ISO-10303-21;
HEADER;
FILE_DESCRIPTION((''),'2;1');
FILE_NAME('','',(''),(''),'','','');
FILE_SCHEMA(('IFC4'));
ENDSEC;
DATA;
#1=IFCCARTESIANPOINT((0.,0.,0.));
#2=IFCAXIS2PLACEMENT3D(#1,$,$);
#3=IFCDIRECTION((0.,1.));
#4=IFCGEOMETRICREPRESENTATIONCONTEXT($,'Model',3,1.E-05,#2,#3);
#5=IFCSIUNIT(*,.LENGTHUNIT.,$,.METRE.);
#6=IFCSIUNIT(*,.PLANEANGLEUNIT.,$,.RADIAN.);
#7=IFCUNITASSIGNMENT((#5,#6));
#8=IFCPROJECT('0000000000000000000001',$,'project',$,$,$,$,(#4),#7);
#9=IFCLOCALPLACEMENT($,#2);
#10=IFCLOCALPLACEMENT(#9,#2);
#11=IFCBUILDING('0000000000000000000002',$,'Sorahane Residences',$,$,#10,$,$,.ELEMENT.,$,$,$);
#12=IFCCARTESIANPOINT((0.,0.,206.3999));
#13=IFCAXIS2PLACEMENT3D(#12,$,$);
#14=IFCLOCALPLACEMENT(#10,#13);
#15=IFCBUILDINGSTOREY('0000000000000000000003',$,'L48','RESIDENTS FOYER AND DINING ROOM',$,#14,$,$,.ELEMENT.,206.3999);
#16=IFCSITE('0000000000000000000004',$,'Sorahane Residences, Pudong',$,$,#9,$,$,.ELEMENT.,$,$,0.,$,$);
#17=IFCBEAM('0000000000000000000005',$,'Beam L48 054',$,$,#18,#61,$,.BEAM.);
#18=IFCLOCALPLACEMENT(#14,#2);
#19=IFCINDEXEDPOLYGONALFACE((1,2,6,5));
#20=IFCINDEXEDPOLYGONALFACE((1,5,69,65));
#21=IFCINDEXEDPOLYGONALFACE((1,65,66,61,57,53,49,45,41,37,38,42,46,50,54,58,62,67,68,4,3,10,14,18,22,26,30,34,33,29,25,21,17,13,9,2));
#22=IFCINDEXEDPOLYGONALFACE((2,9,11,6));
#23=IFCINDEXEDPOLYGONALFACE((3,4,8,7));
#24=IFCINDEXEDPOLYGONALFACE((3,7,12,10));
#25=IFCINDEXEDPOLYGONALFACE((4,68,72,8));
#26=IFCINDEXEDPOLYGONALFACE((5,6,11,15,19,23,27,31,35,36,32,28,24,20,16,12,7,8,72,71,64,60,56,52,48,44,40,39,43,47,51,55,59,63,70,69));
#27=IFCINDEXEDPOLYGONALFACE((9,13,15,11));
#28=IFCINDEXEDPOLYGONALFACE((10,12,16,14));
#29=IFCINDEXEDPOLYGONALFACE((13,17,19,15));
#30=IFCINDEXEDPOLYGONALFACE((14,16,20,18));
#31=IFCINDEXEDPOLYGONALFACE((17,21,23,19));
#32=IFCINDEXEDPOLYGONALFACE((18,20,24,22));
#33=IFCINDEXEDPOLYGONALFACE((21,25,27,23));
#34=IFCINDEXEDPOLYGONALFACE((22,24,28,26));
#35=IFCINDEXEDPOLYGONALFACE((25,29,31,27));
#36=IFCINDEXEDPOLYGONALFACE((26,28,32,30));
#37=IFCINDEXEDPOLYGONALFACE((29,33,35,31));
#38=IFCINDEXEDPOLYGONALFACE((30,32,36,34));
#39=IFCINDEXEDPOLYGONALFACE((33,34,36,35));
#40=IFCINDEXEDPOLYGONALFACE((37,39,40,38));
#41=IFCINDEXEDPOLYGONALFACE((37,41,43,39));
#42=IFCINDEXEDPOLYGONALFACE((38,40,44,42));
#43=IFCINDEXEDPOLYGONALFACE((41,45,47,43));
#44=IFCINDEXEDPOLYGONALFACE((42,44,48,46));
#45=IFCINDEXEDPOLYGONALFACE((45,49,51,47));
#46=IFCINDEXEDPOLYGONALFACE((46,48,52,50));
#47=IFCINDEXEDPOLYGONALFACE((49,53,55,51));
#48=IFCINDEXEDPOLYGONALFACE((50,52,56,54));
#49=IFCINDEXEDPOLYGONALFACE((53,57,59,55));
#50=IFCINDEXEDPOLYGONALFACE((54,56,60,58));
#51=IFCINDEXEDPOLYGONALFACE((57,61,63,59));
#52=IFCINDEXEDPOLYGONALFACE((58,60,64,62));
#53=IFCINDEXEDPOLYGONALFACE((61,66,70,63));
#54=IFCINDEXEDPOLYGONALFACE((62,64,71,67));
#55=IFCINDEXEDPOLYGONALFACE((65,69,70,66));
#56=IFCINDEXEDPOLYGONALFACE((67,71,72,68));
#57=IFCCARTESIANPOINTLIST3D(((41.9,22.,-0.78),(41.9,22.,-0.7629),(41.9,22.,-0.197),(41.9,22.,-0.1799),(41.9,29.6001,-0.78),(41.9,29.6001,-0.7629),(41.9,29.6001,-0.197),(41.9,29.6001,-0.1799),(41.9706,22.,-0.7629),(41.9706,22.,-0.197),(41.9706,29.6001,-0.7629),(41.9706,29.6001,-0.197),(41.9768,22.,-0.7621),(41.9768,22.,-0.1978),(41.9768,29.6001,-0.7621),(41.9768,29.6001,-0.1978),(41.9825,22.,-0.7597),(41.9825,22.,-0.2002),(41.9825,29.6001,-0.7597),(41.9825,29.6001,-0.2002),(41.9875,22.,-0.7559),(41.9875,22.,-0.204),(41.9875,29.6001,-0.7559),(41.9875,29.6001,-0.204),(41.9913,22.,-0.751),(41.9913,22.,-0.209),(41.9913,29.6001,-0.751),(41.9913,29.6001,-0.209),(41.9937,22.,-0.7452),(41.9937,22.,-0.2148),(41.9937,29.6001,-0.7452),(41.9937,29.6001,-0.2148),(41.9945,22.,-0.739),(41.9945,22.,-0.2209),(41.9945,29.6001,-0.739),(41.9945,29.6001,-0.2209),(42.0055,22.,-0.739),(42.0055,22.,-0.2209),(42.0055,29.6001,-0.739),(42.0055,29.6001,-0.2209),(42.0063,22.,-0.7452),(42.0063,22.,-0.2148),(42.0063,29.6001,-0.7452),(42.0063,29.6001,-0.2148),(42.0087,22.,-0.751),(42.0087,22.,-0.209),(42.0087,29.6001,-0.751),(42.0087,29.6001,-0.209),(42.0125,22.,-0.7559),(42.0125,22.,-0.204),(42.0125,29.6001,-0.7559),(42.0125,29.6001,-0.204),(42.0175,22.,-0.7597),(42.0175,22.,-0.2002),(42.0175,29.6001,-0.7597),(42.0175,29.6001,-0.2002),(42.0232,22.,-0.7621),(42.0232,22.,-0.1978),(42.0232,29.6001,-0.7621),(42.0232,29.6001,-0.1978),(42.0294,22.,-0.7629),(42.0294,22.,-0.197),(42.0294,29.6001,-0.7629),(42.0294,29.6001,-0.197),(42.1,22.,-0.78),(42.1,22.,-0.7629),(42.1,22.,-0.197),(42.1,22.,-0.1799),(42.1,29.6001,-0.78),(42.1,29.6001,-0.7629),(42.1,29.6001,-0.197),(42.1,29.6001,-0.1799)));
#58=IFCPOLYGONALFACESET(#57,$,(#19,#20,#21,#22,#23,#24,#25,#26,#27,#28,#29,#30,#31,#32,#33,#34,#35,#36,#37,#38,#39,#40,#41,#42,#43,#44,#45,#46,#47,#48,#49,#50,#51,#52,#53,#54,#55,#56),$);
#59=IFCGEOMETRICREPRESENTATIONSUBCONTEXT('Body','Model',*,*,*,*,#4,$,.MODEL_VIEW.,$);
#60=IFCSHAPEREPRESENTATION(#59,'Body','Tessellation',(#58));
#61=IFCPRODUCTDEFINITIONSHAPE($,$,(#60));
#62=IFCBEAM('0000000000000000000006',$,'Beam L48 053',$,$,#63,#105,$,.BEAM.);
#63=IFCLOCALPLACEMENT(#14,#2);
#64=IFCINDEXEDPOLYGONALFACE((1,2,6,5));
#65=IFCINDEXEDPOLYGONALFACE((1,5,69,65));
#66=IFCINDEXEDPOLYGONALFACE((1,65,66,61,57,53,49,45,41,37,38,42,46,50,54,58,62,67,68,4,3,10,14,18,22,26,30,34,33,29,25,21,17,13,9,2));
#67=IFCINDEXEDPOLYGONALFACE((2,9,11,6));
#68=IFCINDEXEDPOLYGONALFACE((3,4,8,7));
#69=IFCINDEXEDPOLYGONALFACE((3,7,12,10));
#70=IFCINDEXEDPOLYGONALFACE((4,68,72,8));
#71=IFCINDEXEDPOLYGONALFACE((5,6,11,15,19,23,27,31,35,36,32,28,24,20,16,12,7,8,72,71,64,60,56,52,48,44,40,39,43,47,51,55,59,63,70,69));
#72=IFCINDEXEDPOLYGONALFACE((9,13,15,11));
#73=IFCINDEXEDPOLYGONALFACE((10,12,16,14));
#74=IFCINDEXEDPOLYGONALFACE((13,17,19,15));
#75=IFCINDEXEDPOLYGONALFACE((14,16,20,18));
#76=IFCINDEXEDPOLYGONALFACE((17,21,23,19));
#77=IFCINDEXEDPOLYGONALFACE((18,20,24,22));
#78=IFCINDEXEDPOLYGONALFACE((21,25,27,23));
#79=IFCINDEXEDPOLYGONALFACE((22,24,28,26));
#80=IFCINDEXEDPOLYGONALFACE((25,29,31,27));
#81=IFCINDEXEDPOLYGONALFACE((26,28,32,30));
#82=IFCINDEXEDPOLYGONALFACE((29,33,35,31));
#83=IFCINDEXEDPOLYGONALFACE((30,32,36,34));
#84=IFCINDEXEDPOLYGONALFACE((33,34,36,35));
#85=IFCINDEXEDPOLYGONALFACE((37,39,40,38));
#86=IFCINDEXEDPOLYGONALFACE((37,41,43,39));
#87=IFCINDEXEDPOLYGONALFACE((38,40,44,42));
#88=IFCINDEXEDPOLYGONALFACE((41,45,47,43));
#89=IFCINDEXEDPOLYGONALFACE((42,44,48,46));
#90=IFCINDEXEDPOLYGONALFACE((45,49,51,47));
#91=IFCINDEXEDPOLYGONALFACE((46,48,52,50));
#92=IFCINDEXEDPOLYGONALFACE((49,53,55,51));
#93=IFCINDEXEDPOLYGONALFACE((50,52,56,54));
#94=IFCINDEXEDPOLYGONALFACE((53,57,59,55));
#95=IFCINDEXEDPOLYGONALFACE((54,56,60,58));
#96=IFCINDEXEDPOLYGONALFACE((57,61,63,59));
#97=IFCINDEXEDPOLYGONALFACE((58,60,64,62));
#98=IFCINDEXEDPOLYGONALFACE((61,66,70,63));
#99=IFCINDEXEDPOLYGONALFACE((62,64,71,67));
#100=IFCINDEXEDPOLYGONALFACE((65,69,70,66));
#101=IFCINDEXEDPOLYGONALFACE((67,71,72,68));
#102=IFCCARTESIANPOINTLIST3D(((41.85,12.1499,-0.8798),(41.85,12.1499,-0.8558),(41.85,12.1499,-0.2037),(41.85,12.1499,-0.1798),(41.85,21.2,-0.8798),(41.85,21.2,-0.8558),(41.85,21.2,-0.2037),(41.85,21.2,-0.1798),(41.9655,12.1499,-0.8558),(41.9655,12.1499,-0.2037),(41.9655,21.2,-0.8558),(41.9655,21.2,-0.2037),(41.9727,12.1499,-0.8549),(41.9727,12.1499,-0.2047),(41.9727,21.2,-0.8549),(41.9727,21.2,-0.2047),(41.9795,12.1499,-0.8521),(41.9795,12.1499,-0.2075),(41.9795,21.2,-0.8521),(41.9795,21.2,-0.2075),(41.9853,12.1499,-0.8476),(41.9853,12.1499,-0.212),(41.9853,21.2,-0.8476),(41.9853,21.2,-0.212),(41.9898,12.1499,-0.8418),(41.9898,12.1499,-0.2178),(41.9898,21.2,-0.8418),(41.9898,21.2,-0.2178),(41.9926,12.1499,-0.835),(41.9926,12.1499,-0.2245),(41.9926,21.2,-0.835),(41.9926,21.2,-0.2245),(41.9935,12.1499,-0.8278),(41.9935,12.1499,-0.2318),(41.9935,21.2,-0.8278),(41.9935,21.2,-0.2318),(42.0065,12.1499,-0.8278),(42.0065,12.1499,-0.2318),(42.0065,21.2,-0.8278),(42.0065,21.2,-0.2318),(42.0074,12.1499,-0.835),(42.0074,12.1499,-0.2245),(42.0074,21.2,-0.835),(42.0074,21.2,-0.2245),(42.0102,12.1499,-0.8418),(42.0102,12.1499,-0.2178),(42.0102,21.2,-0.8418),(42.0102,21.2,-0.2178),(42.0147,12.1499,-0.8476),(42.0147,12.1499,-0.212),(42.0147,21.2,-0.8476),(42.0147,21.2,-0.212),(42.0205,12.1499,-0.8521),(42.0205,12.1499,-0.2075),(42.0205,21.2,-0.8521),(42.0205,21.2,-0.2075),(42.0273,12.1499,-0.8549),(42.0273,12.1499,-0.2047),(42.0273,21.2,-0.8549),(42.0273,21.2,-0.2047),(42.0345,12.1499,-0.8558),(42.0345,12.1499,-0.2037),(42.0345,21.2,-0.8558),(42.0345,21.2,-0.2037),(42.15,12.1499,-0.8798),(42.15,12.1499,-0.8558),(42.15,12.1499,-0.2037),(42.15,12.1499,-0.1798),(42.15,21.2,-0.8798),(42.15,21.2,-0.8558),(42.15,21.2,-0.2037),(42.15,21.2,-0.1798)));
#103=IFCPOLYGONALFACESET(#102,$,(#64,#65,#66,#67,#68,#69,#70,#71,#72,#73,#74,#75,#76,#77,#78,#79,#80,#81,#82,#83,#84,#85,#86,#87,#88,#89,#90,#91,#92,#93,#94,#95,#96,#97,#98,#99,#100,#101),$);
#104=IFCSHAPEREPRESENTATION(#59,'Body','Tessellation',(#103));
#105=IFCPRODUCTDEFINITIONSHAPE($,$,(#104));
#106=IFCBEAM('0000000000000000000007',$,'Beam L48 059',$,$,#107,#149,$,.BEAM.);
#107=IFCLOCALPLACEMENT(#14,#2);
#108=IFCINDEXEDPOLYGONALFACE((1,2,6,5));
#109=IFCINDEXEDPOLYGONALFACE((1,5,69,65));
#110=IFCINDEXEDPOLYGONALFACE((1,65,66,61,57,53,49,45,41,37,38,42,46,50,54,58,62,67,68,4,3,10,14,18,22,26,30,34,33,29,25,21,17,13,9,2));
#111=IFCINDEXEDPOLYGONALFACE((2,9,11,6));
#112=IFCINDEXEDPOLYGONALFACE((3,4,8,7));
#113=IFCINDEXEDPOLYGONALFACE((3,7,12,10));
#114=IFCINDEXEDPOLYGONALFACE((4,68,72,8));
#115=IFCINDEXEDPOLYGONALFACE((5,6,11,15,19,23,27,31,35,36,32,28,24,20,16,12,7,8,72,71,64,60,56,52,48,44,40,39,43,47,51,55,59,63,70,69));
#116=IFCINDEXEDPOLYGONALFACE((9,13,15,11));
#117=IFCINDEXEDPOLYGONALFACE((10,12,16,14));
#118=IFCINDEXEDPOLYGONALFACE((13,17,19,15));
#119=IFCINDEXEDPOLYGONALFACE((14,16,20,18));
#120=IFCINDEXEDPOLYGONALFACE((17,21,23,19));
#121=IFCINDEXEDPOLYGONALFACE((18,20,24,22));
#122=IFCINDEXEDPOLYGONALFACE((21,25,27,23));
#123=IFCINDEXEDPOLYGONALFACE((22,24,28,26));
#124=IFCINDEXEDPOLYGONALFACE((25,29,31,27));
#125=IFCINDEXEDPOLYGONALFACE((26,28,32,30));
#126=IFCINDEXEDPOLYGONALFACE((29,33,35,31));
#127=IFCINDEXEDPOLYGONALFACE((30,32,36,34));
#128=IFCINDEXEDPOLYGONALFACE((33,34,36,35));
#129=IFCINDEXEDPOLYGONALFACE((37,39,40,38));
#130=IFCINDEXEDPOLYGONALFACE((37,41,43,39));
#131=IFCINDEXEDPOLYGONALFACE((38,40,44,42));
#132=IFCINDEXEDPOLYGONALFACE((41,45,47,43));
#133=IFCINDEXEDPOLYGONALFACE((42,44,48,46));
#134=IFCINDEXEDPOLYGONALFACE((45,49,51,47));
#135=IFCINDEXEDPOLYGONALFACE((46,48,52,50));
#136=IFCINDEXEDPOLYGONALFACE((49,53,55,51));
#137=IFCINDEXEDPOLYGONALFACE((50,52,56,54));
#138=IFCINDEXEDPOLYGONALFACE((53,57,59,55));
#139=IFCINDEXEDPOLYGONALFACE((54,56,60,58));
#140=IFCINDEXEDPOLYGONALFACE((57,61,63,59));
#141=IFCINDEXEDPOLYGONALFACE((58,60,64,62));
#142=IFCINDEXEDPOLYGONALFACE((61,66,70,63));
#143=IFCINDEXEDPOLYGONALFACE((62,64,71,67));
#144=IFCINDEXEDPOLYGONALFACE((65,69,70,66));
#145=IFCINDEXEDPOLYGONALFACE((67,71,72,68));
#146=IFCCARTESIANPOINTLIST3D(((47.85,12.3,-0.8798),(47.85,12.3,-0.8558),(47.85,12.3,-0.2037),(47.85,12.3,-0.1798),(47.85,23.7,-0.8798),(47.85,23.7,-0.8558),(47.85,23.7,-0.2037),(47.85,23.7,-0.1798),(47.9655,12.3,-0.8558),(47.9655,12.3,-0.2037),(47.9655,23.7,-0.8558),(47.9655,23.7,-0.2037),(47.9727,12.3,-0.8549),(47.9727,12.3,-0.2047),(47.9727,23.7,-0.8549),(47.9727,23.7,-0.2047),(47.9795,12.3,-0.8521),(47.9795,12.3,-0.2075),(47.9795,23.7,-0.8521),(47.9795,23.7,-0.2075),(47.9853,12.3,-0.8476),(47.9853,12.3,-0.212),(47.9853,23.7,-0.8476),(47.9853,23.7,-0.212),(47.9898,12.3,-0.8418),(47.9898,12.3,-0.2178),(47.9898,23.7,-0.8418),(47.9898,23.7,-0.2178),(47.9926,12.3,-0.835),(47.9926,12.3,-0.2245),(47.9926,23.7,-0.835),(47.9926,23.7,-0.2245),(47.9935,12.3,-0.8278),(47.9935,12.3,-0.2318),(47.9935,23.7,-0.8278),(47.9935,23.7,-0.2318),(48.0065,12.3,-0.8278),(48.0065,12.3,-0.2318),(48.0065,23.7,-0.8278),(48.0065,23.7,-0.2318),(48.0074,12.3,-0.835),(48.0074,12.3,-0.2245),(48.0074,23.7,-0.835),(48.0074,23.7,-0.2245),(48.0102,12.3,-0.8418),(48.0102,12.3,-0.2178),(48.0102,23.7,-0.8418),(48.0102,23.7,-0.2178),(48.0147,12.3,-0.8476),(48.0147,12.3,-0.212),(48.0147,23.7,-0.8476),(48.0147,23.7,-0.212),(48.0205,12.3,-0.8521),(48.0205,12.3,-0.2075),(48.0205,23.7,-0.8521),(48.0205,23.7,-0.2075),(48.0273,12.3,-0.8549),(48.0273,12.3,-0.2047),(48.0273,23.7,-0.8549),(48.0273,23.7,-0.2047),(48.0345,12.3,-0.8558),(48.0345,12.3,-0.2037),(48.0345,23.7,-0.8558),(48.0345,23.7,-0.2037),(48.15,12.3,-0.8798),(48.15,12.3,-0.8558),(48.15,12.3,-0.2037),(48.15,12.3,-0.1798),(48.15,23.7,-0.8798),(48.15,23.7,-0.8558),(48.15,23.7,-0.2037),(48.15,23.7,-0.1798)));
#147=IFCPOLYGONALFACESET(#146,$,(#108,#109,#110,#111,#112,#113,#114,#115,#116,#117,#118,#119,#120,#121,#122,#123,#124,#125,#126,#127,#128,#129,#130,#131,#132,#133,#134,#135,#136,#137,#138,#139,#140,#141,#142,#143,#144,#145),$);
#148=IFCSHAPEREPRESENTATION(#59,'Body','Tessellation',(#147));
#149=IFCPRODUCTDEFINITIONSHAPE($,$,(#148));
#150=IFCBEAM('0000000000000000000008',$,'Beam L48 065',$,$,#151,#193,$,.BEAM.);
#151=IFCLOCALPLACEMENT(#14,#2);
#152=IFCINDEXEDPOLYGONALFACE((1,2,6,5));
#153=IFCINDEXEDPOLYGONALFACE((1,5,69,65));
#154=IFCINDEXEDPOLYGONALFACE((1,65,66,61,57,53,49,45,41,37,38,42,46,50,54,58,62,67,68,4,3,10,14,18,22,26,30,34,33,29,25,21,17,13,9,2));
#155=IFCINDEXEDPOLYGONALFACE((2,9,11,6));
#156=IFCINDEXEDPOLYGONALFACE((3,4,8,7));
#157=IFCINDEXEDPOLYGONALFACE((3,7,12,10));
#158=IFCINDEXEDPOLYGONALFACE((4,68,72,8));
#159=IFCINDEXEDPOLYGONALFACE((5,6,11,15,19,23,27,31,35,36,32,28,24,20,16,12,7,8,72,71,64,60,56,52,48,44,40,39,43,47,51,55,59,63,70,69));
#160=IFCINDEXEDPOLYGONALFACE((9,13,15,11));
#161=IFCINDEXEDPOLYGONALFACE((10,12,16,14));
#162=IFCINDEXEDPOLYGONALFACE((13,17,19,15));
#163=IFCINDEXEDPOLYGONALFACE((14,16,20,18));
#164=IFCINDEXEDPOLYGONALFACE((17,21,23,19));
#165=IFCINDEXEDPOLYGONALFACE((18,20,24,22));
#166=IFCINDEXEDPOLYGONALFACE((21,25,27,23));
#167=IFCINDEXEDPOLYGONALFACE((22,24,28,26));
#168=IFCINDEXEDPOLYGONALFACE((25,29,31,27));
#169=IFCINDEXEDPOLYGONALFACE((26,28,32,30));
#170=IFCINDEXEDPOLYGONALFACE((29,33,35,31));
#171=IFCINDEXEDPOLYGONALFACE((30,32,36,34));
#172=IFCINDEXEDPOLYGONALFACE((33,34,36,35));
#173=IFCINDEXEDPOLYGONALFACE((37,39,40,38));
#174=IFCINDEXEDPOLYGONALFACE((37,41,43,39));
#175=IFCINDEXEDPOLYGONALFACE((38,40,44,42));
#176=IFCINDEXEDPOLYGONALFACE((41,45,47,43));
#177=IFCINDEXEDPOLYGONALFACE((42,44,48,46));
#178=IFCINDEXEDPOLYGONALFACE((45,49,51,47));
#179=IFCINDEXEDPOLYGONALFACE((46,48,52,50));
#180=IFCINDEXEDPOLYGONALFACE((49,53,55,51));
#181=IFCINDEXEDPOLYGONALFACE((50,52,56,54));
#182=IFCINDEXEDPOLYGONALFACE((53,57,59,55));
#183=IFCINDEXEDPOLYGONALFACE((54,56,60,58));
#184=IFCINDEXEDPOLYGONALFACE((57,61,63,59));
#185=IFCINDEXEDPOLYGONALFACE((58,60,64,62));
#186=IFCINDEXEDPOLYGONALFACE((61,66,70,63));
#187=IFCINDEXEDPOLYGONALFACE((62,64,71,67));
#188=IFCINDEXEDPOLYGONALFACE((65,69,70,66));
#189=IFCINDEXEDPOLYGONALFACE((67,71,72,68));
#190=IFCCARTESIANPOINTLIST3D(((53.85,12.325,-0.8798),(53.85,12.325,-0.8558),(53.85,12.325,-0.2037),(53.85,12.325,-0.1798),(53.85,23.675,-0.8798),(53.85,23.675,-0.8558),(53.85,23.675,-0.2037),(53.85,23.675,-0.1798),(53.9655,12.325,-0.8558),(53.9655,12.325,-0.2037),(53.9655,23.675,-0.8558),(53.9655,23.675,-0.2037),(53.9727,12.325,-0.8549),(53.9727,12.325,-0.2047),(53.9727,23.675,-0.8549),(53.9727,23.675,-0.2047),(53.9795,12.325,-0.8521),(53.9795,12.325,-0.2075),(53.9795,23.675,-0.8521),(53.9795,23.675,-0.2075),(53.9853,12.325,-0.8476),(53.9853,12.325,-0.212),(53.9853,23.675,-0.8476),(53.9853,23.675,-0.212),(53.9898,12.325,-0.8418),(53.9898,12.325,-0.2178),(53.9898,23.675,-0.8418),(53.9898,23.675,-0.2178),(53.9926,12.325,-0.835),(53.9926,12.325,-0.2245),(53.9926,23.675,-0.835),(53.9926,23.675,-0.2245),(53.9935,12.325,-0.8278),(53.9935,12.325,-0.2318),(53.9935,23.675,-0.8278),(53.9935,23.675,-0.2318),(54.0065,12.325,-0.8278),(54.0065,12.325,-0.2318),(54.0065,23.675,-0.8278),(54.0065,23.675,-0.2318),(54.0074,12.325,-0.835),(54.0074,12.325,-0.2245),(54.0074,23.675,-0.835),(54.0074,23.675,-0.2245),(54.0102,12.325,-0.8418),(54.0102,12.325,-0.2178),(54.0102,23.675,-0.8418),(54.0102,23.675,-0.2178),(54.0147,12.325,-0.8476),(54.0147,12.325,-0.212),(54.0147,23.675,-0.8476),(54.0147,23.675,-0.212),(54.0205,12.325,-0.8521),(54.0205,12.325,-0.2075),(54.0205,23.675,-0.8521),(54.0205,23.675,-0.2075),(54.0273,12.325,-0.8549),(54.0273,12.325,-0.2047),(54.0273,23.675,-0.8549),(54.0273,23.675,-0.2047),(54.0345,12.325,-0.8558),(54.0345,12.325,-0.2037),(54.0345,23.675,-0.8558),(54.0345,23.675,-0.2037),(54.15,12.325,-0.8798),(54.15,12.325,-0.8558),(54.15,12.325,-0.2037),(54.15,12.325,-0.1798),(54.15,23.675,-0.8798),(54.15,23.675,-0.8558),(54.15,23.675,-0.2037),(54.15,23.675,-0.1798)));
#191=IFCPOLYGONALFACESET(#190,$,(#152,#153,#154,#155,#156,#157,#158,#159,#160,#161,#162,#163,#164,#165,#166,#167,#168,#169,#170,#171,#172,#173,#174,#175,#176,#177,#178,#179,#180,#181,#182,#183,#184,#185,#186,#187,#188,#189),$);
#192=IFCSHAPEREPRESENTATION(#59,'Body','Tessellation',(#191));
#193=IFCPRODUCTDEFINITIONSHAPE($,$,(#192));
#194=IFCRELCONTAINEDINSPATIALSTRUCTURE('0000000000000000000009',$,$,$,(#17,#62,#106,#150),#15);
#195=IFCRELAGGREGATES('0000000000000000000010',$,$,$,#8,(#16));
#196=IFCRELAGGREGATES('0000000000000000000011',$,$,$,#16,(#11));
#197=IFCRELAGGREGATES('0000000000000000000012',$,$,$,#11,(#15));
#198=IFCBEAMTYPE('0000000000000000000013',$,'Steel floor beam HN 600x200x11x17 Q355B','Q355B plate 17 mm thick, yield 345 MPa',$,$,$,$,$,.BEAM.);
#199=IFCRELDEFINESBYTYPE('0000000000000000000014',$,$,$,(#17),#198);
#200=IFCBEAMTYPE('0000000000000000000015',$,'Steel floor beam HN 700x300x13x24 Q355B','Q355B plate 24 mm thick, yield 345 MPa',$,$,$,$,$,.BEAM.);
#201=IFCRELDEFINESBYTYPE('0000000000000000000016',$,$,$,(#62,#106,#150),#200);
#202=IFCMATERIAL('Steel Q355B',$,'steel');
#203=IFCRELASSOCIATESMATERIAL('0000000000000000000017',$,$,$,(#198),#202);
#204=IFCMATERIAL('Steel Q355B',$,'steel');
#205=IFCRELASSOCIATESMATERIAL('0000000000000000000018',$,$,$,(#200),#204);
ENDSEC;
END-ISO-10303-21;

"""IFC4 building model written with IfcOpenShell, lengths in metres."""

from ifc_helpers import new_model, si_unit, direction, frame, origin, origin_2d, place, context, subcontext, project, spatial, i_section, extrude, material, material_profile, profile_set, type_object, element, save


model = new_model("IFC4")

# Units and contexts
model_context = context("Model", 3, precision=1e-05, world=origin(), true_north=direction((0.0, 1.0)))
body_context = subcontext(model_context, "Body", "Model", "MODEL_VIEW")
ifc_project = project(units=[si_unit("LENGTHUNIT", "METRE"), si_unit("PLANEANGLEUNIT", "RADIAN")], contexts=[model_context])

# Site, building, storey
site_placement = place(None, origin())
site = spatial("IfcSite", under=ifc_project, at=site_placement, Name="Sorahane Residences, Pudong", CompositionType="ELEMENT", RefElevation=0.0)
building_placement = place(site_placement, origin())
building = spatial("IfcBuilding", under=site, at=building_placement, Name="Sorahane Residences", CompositionType="ELEMENT")
storey_placement = place(building_placement, frame((0.0, 0.0, 206.3999)))
storey = spatial("IfcBuildingStorey", under=building, at=storey_placement, Name="L48", Description="RESIDENTS FOYER AND DINING ROOM", CompositionType="ELEMENT", Elevation=206.3999)

# Beams
ifc_material_1 = material(Name="Steel Q355B", Category="steel")
ifc_material_profile_1 = material_profile(ifc_material_1, i_section(OverallWidth=0.2, OverallDepth=0.6001, WebThickness=0.011, FlangeThickness=0.0171, FilletRadius=0.0239, at=origin_2d()), Name="HN 600x200x11x17")
ifc_profile_set_1 = profile_set([ifc_material_profile_1], Name="Steel Q355B")
beam_type_1 = type_object("IfcBeamType", Name="Steel floor beam HN 600x200x11x17 Q355B", Description="Q355B plate 17 mm thick, yield 345 MPa", PredefinedType="BEAM", material=ifc_profile_set_1)
beam_1_placement = place(storey_placement, frame((42.0, 22.0, -0.48), z_axis=(0.0, 1.0, 0.0), x_axis=(-1.0, 0.0, 0.0)))
element("IfcBeam", 1, at=beam_1_placement, inside=storey, type_object=beam_type_1, Name="Beam L48 054", PredefinedType="BEAM", context=body_context, shape_type="SweptSolid", body=[
    extrude(i_section(OverallWidth=0.2, OverallDepth=0.6001, WebThickness=0.011, FlangeThickness=0.0171, FilletRadius=0.0239, at=origin_2d()), origin(), (0.0, 0.0, 1.0), 7.6001),
])
ifc_material_2 = material(Name="Steel Q355B", Category="steel")
ifc_material_profile_2 = material_profile(ifc_material_2, i_section(OverallWidth=0.3, OverallDepth=0.7, WebThickness=0.0129, FlangeThickness=0.0239, FilletRadius=0.0281, at=origin_2d()), Name="HN 700x300x13x24")
ifc_profile_set_2 = profile_set([ifc_material_profile_2], Name="Steel Q355B")
beam_type_2 = type_object("IfcBeamType", Name="Steel floor beam HN 700x300x13x24 Q355B", Description="Q355B plate 24 mm thick, yield 345 MPa", PredefinedType="BEAM", material=ifc_profile_set_2)
beam_2_placement = place(storey_placement, frame((42.0, 12.1499, -0.5298), z_axis=(0.0, 1.0, 0.0), x_axis=(-1.0, 0.0, 0.0)))
element("IfcBeam", 2, at=beam_2_placement, inside=storey, type_object=beam_type_2, Name="Beam L48 053", PredefinedType="BEAM", context=body_context, shape_type="SweptSolid", body=[
    extrude(i_section(OverallWidth=0.3, OverallDepth=0.7, WebThickness=0.0129, FlangeThickness=0.0239, FilletRadius=0.0281, at=origin_2d()), origin(), (0.0, 0.0, 1.0), 9.05),
])
beam_3_placement = place(storey_placement, frame((48.0, 12.3, -0.5298), z_axis=(0.0, 1.0, 0.0), x_axis=(-1.0, 0.0, 0.0)))
element("IfcBeam", 3, at=beam_3_placement, inside=storey, type_object=beam_type_2, Name="Beam L48 059", PredefinedType="BEAM", context=body_context, shape_type="SweptSolid", body=[
    extrude(i_section(OverallWidth=0.3, OverallDepth=0.7, WebThickness=0.0129, FlangeThickness=0.0239, FilletRadius=0.0281, at=origin_2d()), origin(), (0.0, 0.0, 1.0), 11.3999),
])
beam_4_placement = place(storey_placement, frame((54.0, 12.325, -0.5298), z_axis=(0.0, 1.0, 0.0), x_axis=(-1.0, 0.0, 0.0)))
element("IfcBeam", 4, at=beam_4_placement, inside=storey, type_object=beam_type_2, Name="Beam L48 065", PredefinedType="BEAM", context=body_context, shape_type="SweptSolid", body=[
    extrude(i_section(OverallWidth=0.3, OverallDepth=0.7, WebThickness=0.0129, FlangeThickness=0.0239, FilletRadius=0.0281, at=origin_2d()), origin(), (0.0, 0.0, 1.0), 11.3501),
])

save(model, "model.ifc")
